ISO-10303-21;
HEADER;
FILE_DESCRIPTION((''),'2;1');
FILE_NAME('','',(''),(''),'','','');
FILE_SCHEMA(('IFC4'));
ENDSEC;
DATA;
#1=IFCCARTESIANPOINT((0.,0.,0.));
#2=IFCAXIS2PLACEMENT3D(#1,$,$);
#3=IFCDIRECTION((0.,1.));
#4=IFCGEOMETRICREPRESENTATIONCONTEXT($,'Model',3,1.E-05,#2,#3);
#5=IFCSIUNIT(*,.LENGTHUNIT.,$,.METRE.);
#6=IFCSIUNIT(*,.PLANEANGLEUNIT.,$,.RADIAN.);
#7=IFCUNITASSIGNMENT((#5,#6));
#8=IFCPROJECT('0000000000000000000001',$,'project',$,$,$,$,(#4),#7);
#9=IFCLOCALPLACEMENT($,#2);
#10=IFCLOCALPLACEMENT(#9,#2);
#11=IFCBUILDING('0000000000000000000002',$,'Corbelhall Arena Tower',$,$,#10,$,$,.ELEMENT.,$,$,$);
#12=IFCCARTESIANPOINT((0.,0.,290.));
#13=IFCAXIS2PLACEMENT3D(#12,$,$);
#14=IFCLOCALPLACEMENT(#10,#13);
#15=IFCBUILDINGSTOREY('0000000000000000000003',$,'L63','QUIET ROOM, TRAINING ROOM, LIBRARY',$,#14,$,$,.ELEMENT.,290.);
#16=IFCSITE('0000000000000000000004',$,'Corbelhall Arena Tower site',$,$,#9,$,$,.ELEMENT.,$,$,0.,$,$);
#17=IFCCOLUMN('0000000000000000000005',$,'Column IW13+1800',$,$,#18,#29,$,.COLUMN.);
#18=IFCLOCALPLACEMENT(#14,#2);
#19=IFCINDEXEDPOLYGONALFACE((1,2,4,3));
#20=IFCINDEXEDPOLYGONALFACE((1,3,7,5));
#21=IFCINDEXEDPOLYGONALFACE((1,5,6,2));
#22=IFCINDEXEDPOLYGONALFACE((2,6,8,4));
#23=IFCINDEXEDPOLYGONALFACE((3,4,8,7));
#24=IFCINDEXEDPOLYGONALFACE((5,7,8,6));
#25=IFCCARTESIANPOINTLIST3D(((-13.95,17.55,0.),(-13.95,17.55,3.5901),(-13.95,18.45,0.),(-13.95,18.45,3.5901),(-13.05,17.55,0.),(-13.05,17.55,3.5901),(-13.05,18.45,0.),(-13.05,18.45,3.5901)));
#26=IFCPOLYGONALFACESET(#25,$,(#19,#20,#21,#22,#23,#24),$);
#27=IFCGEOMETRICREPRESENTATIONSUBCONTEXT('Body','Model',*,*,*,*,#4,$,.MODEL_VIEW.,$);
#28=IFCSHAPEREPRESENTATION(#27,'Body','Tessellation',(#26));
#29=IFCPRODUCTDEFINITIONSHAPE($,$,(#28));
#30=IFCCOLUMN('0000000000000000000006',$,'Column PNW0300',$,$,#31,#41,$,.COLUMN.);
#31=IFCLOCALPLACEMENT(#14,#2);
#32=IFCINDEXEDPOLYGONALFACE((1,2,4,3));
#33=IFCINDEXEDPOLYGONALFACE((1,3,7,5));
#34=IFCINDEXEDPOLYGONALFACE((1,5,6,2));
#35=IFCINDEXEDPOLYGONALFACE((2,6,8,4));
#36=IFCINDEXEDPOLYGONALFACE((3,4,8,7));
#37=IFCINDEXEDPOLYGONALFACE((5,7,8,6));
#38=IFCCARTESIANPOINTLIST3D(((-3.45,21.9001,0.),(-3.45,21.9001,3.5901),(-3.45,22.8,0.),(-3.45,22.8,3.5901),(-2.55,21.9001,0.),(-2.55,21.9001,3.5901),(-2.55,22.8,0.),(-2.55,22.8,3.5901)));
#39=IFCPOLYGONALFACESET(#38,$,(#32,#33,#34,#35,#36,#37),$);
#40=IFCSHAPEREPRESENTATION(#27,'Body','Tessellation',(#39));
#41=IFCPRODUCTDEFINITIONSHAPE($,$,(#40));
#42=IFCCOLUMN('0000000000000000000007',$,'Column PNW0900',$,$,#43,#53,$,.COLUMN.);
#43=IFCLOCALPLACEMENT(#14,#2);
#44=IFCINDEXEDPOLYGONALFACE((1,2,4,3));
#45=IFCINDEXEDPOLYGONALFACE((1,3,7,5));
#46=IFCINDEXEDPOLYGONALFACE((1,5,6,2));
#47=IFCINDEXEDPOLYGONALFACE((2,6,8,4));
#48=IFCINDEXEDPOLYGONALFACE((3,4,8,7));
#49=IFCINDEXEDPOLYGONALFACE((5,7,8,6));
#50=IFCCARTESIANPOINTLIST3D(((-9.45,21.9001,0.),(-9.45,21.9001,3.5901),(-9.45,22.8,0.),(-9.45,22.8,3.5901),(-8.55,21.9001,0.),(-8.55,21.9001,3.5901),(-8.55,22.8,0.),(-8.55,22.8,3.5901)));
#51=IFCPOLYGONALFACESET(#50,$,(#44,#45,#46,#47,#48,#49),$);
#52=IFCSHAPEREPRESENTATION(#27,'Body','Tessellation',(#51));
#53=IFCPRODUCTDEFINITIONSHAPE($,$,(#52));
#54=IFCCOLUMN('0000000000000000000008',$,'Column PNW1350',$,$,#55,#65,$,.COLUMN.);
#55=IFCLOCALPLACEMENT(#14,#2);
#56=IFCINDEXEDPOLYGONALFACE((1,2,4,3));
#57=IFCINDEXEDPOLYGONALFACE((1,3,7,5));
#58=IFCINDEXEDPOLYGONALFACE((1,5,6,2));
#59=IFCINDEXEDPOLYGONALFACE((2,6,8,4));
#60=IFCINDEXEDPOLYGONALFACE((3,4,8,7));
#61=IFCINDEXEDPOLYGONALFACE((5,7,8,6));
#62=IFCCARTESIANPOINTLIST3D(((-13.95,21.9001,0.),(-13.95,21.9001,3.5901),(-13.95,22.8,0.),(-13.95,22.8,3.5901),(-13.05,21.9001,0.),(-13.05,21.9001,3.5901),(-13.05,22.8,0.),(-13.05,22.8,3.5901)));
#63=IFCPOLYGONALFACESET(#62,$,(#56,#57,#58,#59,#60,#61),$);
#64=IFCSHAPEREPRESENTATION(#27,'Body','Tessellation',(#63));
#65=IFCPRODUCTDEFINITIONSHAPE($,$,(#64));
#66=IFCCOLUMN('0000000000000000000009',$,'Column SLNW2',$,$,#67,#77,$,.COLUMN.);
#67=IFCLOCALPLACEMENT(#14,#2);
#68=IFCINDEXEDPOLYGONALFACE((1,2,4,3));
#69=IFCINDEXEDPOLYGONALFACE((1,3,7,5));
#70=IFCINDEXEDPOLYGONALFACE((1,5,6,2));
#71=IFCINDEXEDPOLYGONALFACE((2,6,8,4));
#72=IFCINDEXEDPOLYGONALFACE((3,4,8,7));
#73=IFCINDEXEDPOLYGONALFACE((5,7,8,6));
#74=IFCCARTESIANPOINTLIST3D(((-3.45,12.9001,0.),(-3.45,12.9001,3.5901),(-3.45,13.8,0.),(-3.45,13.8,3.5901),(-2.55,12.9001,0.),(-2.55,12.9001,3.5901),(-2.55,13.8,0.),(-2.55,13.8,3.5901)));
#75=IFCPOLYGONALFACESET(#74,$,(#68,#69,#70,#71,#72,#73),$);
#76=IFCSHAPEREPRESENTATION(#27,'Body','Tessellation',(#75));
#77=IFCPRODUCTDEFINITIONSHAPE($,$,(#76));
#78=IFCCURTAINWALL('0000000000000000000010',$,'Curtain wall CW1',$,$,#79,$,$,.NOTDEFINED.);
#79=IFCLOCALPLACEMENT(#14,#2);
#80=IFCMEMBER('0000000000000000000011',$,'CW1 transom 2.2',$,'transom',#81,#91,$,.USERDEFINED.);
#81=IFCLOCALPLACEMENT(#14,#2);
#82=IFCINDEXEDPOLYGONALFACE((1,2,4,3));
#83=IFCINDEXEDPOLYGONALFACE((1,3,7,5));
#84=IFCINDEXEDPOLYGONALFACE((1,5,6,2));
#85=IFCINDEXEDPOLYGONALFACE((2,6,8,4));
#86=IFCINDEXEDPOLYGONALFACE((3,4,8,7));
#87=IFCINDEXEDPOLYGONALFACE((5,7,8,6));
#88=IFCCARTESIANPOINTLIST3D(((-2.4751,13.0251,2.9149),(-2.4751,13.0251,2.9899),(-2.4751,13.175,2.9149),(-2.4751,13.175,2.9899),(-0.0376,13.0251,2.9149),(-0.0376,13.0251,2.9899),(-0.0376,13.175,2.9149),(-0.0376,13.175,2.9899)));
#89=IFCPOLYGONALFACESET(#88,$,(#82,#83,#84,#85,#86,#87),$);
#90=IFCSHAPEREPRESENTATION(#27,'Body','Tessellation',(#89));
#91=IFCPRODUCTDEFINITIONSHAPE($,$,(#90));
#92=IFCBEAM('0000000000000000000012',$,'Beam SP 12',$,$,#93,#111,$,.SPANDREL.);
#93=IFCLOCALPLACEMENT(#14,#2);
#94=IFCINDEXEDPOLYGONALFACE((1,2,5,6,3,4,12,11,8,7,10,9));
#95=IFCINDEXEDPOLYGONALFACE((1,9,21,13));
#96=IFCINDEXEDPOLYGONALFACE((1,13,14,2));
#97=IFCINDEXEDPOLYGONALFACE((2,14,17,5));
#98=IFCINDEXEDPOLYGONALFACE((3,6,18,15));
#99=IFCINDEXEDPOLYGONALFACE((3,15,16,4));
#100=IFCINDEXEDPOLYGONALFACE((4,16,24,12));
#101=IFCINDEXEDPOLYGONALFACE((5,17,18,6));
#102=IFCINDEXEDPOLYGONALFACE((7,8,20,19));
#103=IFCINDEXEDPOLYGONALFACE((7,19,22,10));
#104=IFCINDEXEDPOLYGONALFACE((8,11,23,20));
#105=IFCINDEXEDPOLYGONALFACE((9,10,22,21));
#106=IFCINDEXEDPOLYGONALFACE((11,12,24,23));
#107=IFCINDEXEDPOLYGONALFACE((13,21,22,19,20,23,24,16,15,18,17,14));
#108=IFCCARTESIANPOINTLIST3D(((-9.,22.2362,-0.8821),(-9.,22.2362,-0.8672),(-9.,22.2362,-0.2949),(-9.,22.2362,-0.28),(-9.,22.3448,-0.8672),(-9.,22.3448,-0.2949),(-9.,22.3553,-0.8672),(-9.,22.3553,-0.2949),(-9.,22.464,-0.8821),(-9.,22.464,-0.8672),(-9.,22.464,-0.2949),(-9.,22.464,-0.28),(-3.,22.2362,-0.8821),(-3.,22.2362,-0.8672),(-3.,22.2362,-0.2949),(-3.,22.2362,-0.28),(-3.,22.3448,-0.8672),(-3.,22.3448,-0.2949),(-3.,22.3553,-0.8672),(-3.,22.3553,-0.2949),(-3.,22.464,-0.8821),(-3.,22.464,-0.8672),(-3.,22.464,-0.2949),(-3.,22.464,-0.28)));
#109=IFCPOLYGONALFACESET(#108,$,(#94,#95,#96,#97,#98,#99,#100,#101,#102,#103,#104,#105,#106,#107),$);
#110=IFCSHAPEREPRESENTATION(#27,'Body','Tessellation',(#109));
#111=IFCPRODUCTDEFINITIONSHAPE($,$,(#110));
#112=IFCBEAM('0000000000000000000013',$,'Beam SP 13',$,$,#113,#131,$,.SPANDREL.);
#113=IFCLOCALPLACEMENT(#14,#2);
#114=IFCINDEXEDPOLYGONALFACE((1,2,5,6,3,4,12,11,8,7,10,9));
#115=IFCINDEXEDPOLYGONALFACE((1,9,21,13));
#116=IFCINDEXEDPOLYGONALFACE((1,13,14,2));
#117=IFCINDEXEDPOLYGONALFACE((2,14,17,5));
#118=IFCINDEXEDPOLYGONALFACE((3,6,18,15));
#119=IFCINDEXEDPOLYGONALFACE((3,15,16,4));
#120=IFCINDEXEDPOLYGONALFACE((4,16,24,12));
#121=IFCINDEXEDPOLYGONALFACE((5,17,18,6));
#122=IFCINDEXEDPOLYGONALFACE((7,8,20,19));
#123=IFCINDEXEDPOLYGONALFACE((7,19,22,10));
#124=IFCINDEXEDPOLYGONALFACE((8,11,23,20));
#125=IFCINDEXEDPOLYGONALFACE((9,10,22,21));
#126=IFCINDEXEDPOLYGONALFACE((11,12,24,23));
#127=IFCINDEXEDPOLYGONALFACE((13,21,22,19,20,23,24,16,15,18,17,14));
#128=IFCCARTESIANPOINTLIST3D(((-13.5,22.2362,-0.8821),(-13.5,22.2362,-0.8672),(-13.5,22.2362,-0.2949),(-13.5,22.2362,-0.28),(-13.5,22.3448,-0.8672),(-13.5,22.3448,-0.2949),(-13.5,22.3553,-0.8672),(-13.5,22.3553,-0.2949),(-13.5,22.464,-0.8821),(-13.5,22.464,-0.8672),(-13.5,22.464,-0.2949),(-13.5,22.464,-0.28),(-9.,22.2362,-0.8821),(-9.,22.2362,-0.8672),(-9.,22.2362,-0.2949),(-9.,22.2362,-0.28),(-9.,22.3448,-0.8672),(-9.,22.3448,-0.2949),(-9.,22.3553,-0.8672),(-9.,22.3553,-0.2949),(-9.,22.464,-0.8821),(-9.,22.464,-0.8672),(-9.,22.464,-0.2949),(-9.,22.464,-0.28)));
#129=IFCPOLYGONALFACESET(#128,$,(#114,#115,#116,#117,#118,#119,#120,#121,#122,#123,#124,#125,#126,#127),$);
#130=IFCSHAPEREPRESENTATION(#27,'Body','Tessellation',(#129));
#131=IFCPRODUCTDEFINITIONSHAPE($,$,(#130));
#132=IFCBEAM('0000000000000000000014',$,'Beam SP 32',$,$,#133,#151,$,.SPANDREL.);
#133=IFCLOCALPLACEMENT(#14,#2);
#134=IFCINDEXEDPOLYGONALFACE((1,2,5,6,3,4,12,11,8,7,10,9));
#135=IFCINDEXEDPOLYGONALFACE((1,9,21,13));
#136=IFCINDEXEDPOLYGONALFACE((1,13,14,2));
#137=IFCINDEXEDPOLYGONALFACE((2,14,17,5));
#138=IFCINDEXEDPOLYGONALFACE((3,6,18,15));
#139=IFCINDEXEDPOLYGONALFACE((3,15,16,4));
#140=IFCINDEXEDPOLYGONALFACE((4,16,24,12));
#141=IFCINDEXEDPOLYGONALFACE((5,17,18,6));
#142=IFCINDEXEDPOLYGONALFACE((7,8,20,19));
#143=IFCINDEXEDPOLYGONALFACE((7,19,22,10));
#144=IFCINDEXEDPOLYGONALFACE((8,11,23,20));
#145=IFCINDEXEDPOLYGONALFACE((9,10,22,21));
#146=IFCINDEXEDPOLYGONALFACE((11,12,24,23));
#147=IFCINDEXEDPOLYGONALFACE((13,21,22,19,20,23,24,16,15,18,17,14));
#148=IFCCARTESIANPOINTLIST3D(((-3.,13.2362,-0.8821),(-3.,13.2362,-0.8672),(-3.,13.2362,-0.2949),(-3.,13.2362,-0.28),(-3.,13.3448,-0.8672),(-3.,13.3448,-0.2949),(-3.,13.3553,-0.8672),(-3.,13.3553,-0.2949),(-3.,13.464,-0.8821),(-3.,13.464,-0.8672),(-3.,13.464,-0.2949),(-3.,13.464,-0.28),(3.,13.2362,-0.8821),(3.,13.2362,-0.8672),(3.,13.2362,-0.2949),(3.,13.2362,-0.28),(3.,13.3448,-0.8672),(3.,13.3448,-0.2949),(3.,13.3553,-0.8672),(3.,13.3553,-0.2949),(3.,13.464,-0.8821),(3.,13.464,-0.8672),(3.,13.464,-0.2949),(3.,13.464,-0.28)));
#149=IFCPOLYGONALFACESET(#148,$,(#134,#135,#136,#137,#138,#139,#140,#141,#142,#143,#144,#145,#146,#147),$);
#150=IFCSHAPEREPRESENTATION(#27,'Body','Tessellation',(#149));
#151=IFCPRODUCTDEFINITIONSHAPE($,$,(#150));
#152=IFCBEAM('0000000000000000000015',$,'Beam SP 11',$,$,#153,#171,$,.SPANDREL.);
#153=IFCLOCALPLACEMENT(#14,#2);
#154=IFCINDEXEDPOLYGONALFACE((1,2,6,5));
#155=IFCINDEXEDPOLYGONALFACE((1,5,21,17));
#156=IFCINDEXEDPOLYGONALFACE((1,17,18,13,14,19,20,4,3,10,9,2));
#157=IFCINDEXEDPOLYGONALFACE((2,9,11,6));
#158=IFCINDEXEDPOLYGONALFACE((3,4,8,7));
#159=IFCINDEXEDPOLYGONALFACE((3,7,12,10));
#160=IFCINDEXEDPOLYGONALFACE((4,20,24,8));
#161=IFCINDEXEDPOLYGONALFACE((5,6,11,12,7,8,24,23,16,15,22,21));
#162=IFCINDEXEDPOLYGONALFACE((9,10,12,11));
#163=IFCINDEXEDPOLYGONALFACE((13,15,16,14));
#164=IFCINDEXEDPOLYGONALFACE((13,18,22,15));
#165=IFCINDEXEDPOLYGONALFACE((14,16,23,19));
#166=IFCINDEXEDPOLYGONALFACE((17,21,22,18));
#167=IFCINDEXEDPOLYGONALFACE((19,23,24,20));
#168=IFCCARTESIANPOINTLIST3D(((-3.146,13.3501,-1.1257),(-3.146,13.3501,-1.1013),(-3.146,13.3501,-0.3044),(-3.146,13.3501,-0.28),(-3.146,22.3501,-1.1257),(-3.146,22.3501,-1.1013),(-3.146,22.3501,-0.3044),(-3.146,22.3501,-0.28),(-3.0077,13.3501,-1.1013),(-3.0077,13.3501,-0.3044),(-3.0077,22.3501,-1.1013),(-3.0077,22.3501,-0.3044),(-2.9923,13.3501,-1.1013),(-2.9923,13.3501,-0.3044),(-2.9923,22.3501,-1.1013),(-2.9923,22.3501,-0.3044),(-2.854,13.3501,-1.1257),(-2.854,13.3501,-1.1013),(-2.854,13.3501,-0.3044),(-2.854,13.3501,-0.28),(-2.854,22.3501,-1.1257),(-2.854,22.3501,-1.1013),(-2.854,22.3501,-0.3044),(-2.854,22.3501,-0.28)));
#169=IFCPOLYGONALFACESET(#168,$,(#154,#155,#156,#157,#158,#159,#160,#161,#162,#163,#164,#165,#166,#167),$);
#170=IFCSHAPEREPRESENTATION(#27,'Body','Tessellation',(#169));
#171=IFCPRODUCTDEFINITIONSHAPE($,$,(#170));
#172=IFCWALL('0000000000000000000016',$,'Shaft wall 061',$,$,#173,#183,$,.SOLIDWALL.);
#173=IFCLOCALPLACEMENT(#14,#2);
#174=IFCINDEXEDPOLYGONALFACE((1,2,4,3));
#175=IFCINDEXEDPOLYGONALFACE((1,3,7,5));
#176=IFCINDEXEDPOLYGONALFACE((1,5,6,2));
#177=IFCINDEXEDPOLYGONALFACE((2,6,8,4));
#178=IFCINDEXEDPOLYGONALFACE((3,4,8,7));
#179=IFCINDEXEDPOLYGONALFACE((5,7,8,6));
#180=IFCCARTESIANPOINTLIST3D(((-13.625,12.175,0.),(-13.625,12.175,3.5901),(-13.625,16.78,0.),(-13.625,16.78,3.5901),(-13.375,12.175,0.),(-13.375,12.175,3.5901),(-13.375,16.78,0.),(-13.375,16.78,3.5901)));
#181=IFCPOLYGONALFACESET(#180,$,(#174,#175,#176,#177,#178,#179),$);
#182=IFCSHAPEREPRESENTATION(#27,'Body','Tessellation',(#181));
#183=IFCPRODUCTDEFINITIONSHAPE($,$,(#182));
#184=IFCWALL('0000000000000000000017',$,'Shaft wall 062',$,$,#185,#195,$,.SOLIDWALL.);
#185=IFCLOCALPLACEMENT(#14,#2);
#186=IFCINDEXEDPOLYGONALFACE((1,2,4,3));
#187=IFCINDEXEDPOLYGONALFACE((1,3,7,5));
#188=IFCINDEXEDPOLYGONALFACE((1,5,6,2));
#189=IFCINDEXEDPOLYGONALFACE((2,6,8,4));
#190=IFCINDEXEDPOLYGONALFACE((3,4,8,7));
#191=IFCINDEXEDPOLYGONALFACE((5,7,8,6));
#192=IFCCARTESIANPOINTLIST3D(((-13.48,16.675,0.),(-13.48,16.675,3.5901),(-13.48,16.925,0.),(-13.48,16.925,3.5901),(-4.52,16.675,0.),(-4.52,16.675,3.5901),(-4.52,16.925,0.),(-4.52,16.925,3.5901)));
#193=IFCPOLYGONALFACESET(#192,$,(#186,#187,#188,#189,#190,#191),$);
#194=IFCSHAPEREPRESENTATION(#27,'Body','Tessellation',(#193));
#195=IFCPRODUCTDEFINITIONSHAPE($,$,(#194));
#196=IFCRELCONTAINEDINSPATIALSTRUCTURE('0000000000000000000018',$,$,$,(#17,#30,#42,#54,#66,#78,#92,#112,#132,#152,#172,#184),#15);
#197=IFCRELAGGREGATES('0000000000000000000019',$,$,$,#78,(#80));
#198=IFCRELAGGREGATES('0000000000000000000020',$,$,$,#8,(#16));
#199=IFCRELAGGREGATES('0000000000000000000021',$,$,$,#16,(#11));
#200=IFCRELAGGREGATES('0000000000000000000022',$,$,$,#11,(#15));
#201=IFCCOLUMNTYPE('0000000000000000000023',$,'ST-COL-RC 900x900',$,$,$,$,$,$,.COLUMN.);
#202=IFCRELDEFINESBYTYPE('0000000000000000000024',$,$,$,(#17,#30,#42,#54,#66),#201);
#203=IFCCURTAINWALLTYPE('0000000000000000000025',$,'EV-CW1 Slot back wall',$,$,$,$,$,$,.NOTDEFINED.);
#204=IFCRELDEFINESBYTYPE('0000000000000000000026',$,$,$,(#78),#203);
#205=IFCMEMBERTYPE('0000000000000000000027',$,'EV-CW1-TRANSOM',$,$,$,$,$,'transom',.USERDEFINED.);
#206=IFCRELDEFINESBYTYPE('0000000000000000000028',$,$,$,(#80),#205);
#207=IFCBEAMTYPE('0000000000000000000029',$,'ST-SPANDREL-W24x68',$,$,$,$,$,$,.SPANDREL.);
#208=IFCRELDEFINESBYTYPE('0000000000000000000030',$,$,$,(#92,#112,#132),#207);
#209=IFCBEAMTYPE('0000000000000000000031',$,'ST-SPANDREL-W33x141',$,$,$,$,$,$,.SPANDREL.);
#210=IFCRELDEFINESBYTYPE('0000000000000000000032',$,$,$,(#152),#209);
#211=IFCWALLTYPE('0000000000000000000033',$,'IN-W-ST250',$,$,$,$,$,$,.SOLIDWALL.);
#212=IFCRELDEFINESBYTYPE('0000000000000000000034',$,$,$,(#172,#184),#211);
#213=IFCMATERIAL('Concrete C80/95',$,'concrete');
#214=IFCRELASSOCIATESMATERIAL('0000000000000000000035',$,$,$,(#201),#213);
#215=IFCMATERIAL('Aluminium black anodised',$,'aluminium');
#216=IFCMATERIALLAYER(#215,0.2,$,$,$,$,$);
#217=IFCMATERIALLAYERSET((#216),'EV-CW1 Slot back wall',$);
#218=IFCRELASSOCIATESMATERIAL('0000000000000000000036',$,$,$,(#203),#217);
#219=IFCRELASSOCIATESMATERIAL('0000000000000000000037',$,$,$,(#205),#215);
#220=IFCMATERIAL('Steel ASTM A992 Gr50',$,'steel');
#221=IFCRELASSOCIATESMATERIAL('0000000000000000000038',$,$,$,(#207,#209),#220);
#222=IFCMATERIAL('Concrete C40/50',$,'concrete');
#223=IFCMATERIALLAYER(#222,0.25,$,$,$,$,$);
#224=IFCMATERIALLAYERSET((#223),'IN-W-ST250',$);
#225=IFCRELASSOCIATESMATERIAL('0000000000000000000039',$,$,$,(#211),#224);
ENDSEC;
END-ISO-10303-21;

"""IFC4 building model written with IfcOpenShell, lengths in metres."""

from ifc_helpers import new_model, si_unit, direction, frame, frame_2d, origin, origin_2d, place, context, subcontext, project, spatial, rectangle, i_section, extrude, material, layer, layer_set, material_profile, profile_set, type_object, element, aggregate, save


model = new_model("IFC4")

# Units and contexts
model_context = context("Model", 3, precision=1e-05, world=origin(), true_north=direction((0.0, 1.0)))
body_context = subcontext(model_context, "Body", "Model", "MODEL_VIEW")
ifc_project = project(units=[si_unit("LENGTHUNIT", "METRE"), si_unit("PLANEANGLEUNIT", "RADIAN")], contexts=[model_context])

# Site, building, storey
site_placement = place(None, origin())
site = spatial("IfcSite", under=ifc_project, at=site_placement, Name="Corbelhall Arena Tower site", CompositionType="ELEMENT", RefElevation=0.0)
building_placement = place(site_placement, origin())
building = spatial("IfcBuilding", under=site, at=building_placement, Name="Corbelhall Arena Tower", CompositionType="ELEMENT")
storey_placement = place(building_placement, frame((0.0, 0.0, 290.0)))
storey = spatial("IfcBuildingStorey", under=building, at=storey_placement, Name="L63", Description="QUIET ROOM, TRAINING ROOM, LIBRARY", CompositionType="ELEMENT", Elevation=290.0)

# Columns
ifc_material_1 = material(Name="Concrete C80/95", Category="concrete")
ifc_material_profile_1 = material_profile(ifc_material_1, rectangle(XDim=0.8999, YDim=0.8999, at=origin_2d()))
ifc_profile_set_1 = profile_set([ifc_material_profile_1], Name="Concrete C80/95")
column_type = type_object("IfcColumnType", Name="ST-COL-RC 900x900", PredefinedType="COLUMN", material=ifc_profile_set_1)
for number, where, z_axis, x_axis, name in (
    (1, (-13.5, 18.0, 0.0), (0.0, 0.0, 1.0), (1.0, 0.0, 0.0), "Column IW13+1800"),
    (2, (-3.0, 22.3501, 0.0), (0.0, 0.0, 1.0), (1.0, 0.0, 0.0), "Column PNW0300"),
    (3, (-9.0, 22.3501, 0.0), (0.0, 0.0, 1.0), (1.0, 0.0, 0.0), "Column PNW0900"),
    (4, (-13.5, 22.3501, 0.0), (0.0, 0.0, 1.0), (1.0, 0.0, 0.0), "Column PNW1350"),
    (5, (-3.0, 13.3501, 0.0), (0.0, 0.0, 1.0), (1.0, 0.0, 0.0), "Column SLNW2"),
):
    element("IfcColumn", number, at=place(storey_placement, frame(where, z_axis=z_axis, x_axis=x_axis)), inside=storey, type_object=column_type, Name=name, PredefinedType="COLUMN", context=body_context, shape_type="SweptSolid", body=[
        extrude(rectangle(XDim=0.8999, YDim=0.8999, at=origin_2d()), origin(), (0.0, 0.0, 1.0), 3.5901),
    ])

# Curtain wall, member
ifc_material_2 = material(Name="Aluminium black anodised", Category="aluminium")
ifc_layer_1 = layer(ifc_material_2, 0.2)
ifc_layer_set_1 = layer_set([ifc_layer_1], Name="EV-CW1 Slot back wall")
curtain_wall_type = type_object("IfcCurtainWallType", Name="EV-CW1 Slot back wall", PredefinedType="NOTDEFINED", material=ifc_layer_set_1)
curtain_wall_placement = place(storey_placement, origin())
curtain_wall = element("IfcCurtainWall", 6, at=curtain_wall_placement, inside=storey, type_object=curtain_wall_type, Name="Curtain wall CW1", PredefinedType="NOTDEFINED")
ifc_material_profile_2 = material_profile(ifc_material_2, rectangle(XDim=0.1499, YDim=0.075, at=origin_2d()))
ifc_profile_set_2 = profile_set([ifc_material_profile_2], Name="Aluminium black anodised")
member_type = type_object("IfcMemberType", Name="EV-CW1-TRANSOM", ElementType="transom", PredefinedType="USERDEFINED", material=ifc_profile_set_2)
member_placement = place(storey_placement, frame((-0.0376, 13.1001, 2.9524), z_axis=(-1.0, 0.0, 0.0), x_axis=(0.0, -1.0, 0.0)))
member = element("IfcMember", 7, at=member_placement, type_object=member_type, Name="CW1 transom 2.2", ObjectType="transom", PredefinedType="USERDEFINED", context=body_context, shape_type="SweptSolid", body=[
    extrude(rectangle(XDim=0.1499, YDim=0.075, at=origin_2d()), origin(), (0.0, 0.0, 1.0), 2.4375),
])
aggregate(curtain_wall, [member])

# Beams
ifc_material_3 = material(Name="Steel ASTM A992 Gr50", Category="steel")
ifc_material_profile_3 = material_profile(ifc_material_3, i_section(OverallWidth=0.2278, OverallDepth=0.6021, WebThickness=0.0105, FlangeThickness=0.0149, at=origin_2d()))
ifc_profile_set_3 = profile_set([ifc_material_profile_3], Name="Steel ASTM A992 Gr50")
beam_type_1 = type_object("IfcBeamType", Name="ST-SPANDREL-W24x68", PredefinedType="SPANDREL", material=ifc_profile_set_3)
beam_1_placement = place(storey_placement, frame((-9.0, 22.3501, -0.5811), z_axis=(1.0, 0.0, 0.0), x_axis=(0.0, 1.0, 0.0)))
element("IfcBeam", 8, at=beam_1_placement, inside=storey, type_object=beam_type_1, Name="Beam SP 12", PredefinedType="SPANDREL", context=body_context, shape_type="SweptSolid", body=[
    extrude(i_section(OverallWidth=0.2278, OverallDepth=0.6021, WebThickness=0.0105, FlangeThickness=0.0149, at=origin_2d()), origin(), (0.0, 0.0, 1.0), 6.0),
])
beam_2_placement = place(storey_placement, frame((-13.5, 22.3501, -0.5811), z_axis=(1.0, 0.0, 0.0), x_axis=(0.0, 1.0, 0.0)))
element("IfcBeam", 9, at=beam_2_placement, inside=storey, type_object=beam_type_1, Name="Beam SP 13", PredefinedType="SPANDREL", context=body_context, shape_type="SweptSolid", body=[
    extrude(i_section(OverallWidth=0.2278, OverallDepth=0.6021, WebThickness=0.0105, FlangeThickness=0.0149, at=origin_2d()), origin(), (0.0, 0.0, 1.0), 4.5),
])
beam_3_placement = place(storey_placement, frame((-3.0, 13.3501, -0.5811), z_axis=(1.0, 0.0, 0.0), x_axis=(0.0, 1.0, 0.0)))
element("IfcBeam", 10, at=beam_3_placement, inside=storey, type_object=beam_type_1, Name="Beam SP 32", PredefinedType="SPANDREL", context=body_context, shape_type="SweptSolid", body=[
    extrude(i_section(OverallWidth=0.2278, OverallDepth=0.6021, WebThickness=0.0105, FlangeThickness=0.0149, at=origin_2d()), origin(), (0.0, 0.0, 1.0), 6.0),
])
ifc_material_profile_4 = material_profile(ifc_material_3, i_section(OverallWidth=0.292, OverallDepth=0.8457, WebThickness=0.0154, FlangeThickness=0.0244, at=origin_2d()))
ifc_profile_set_4 = profile_set([ifc_material_profile_4], Name="Steel ASTM A992 Gr50")
beam_type_2 = type_object("IfcBeamType", Name="ST-SPANDREL-W33x141", PredefinedType="SPANDREL", material=ifc_profile_set_4)
beam_4_placement = place(storey_placement, frame((-3.0, 22.3501, -0.7029), z_axis=(0.0, -1.0, 0.0), x_axis=(1.0, 0.0, 0.0)))
element("IfcBeam", 11, at=beam_4_placement, inside=storey, type_object=beam_type_2, Name="Beam SP 11", PredefinedType="SPANDREL", context=body_context, shape_type="SweptSolid", body=[
    extrude(i_section(OverallWidth=0.292, OverallDepth=0.8457, WebThickness=0.0154, FlangeThickness=0.0244, at=origin_2d()), origin(), (0.0, 0.0, 1.0), 9.0),
])

# Walls
ifc_material_4 = material(Name="Concrete C40/50", Category="concrete")
ifc_layer_2 = layer(ifc_material_4, 0.25)
ifc_layer_set_2 = layer_set([ifc_layer_2], Name="IN-W-ST250")
wall_type_1 = type_object("IfcWallType", Name="IN-W-ST250", PredefinedType="SOLIDWALL", material=ifc_layer_set_2)
wall_1_placement = place(storey_placement, frame((-13.5, 16.78, 0.0), z_axis=(0.0, 0.0, 1.0), x_axis=(0.0, -1.0, 0.0)))
element("IfcWall", 12, at=wall_1_placement, inside=storey, type_object=wall_type_1, Name="Shaft wall 061", PredefinedType="SOLIDWALL", context=body_context, shape_type="SweptSolid", body=[
    extrude(rectangle(XDim=4.605, YDim=0.25, at=frame_2d((2.3025, 0.0))), origin(), (0.0, 0.0, 1.0), 3.5901),
])
wall_2_placement = place(storey_placement, frame((-13.48, 16.8, 0.0), z_axis=(0.0, 0.0, 1.0), x_axis=(1.0, 0.0, 0.0)))
element("IfcWall", 13, at=wall_2_placement, inside=storey, type_object=wall_type_1, Name="Shaft wall 062", PredefinedType="SOLIDWALL", context=body_context, shape_type="SweptSolid", body=[
    extrude(rectangle(XDim=8.96, YDim=0.25, at=frame_2d((4.48, 0.0))), origin(), (0.0, 0.0, 1.0), 3.5901),
])

save(model, "model.ifc")
